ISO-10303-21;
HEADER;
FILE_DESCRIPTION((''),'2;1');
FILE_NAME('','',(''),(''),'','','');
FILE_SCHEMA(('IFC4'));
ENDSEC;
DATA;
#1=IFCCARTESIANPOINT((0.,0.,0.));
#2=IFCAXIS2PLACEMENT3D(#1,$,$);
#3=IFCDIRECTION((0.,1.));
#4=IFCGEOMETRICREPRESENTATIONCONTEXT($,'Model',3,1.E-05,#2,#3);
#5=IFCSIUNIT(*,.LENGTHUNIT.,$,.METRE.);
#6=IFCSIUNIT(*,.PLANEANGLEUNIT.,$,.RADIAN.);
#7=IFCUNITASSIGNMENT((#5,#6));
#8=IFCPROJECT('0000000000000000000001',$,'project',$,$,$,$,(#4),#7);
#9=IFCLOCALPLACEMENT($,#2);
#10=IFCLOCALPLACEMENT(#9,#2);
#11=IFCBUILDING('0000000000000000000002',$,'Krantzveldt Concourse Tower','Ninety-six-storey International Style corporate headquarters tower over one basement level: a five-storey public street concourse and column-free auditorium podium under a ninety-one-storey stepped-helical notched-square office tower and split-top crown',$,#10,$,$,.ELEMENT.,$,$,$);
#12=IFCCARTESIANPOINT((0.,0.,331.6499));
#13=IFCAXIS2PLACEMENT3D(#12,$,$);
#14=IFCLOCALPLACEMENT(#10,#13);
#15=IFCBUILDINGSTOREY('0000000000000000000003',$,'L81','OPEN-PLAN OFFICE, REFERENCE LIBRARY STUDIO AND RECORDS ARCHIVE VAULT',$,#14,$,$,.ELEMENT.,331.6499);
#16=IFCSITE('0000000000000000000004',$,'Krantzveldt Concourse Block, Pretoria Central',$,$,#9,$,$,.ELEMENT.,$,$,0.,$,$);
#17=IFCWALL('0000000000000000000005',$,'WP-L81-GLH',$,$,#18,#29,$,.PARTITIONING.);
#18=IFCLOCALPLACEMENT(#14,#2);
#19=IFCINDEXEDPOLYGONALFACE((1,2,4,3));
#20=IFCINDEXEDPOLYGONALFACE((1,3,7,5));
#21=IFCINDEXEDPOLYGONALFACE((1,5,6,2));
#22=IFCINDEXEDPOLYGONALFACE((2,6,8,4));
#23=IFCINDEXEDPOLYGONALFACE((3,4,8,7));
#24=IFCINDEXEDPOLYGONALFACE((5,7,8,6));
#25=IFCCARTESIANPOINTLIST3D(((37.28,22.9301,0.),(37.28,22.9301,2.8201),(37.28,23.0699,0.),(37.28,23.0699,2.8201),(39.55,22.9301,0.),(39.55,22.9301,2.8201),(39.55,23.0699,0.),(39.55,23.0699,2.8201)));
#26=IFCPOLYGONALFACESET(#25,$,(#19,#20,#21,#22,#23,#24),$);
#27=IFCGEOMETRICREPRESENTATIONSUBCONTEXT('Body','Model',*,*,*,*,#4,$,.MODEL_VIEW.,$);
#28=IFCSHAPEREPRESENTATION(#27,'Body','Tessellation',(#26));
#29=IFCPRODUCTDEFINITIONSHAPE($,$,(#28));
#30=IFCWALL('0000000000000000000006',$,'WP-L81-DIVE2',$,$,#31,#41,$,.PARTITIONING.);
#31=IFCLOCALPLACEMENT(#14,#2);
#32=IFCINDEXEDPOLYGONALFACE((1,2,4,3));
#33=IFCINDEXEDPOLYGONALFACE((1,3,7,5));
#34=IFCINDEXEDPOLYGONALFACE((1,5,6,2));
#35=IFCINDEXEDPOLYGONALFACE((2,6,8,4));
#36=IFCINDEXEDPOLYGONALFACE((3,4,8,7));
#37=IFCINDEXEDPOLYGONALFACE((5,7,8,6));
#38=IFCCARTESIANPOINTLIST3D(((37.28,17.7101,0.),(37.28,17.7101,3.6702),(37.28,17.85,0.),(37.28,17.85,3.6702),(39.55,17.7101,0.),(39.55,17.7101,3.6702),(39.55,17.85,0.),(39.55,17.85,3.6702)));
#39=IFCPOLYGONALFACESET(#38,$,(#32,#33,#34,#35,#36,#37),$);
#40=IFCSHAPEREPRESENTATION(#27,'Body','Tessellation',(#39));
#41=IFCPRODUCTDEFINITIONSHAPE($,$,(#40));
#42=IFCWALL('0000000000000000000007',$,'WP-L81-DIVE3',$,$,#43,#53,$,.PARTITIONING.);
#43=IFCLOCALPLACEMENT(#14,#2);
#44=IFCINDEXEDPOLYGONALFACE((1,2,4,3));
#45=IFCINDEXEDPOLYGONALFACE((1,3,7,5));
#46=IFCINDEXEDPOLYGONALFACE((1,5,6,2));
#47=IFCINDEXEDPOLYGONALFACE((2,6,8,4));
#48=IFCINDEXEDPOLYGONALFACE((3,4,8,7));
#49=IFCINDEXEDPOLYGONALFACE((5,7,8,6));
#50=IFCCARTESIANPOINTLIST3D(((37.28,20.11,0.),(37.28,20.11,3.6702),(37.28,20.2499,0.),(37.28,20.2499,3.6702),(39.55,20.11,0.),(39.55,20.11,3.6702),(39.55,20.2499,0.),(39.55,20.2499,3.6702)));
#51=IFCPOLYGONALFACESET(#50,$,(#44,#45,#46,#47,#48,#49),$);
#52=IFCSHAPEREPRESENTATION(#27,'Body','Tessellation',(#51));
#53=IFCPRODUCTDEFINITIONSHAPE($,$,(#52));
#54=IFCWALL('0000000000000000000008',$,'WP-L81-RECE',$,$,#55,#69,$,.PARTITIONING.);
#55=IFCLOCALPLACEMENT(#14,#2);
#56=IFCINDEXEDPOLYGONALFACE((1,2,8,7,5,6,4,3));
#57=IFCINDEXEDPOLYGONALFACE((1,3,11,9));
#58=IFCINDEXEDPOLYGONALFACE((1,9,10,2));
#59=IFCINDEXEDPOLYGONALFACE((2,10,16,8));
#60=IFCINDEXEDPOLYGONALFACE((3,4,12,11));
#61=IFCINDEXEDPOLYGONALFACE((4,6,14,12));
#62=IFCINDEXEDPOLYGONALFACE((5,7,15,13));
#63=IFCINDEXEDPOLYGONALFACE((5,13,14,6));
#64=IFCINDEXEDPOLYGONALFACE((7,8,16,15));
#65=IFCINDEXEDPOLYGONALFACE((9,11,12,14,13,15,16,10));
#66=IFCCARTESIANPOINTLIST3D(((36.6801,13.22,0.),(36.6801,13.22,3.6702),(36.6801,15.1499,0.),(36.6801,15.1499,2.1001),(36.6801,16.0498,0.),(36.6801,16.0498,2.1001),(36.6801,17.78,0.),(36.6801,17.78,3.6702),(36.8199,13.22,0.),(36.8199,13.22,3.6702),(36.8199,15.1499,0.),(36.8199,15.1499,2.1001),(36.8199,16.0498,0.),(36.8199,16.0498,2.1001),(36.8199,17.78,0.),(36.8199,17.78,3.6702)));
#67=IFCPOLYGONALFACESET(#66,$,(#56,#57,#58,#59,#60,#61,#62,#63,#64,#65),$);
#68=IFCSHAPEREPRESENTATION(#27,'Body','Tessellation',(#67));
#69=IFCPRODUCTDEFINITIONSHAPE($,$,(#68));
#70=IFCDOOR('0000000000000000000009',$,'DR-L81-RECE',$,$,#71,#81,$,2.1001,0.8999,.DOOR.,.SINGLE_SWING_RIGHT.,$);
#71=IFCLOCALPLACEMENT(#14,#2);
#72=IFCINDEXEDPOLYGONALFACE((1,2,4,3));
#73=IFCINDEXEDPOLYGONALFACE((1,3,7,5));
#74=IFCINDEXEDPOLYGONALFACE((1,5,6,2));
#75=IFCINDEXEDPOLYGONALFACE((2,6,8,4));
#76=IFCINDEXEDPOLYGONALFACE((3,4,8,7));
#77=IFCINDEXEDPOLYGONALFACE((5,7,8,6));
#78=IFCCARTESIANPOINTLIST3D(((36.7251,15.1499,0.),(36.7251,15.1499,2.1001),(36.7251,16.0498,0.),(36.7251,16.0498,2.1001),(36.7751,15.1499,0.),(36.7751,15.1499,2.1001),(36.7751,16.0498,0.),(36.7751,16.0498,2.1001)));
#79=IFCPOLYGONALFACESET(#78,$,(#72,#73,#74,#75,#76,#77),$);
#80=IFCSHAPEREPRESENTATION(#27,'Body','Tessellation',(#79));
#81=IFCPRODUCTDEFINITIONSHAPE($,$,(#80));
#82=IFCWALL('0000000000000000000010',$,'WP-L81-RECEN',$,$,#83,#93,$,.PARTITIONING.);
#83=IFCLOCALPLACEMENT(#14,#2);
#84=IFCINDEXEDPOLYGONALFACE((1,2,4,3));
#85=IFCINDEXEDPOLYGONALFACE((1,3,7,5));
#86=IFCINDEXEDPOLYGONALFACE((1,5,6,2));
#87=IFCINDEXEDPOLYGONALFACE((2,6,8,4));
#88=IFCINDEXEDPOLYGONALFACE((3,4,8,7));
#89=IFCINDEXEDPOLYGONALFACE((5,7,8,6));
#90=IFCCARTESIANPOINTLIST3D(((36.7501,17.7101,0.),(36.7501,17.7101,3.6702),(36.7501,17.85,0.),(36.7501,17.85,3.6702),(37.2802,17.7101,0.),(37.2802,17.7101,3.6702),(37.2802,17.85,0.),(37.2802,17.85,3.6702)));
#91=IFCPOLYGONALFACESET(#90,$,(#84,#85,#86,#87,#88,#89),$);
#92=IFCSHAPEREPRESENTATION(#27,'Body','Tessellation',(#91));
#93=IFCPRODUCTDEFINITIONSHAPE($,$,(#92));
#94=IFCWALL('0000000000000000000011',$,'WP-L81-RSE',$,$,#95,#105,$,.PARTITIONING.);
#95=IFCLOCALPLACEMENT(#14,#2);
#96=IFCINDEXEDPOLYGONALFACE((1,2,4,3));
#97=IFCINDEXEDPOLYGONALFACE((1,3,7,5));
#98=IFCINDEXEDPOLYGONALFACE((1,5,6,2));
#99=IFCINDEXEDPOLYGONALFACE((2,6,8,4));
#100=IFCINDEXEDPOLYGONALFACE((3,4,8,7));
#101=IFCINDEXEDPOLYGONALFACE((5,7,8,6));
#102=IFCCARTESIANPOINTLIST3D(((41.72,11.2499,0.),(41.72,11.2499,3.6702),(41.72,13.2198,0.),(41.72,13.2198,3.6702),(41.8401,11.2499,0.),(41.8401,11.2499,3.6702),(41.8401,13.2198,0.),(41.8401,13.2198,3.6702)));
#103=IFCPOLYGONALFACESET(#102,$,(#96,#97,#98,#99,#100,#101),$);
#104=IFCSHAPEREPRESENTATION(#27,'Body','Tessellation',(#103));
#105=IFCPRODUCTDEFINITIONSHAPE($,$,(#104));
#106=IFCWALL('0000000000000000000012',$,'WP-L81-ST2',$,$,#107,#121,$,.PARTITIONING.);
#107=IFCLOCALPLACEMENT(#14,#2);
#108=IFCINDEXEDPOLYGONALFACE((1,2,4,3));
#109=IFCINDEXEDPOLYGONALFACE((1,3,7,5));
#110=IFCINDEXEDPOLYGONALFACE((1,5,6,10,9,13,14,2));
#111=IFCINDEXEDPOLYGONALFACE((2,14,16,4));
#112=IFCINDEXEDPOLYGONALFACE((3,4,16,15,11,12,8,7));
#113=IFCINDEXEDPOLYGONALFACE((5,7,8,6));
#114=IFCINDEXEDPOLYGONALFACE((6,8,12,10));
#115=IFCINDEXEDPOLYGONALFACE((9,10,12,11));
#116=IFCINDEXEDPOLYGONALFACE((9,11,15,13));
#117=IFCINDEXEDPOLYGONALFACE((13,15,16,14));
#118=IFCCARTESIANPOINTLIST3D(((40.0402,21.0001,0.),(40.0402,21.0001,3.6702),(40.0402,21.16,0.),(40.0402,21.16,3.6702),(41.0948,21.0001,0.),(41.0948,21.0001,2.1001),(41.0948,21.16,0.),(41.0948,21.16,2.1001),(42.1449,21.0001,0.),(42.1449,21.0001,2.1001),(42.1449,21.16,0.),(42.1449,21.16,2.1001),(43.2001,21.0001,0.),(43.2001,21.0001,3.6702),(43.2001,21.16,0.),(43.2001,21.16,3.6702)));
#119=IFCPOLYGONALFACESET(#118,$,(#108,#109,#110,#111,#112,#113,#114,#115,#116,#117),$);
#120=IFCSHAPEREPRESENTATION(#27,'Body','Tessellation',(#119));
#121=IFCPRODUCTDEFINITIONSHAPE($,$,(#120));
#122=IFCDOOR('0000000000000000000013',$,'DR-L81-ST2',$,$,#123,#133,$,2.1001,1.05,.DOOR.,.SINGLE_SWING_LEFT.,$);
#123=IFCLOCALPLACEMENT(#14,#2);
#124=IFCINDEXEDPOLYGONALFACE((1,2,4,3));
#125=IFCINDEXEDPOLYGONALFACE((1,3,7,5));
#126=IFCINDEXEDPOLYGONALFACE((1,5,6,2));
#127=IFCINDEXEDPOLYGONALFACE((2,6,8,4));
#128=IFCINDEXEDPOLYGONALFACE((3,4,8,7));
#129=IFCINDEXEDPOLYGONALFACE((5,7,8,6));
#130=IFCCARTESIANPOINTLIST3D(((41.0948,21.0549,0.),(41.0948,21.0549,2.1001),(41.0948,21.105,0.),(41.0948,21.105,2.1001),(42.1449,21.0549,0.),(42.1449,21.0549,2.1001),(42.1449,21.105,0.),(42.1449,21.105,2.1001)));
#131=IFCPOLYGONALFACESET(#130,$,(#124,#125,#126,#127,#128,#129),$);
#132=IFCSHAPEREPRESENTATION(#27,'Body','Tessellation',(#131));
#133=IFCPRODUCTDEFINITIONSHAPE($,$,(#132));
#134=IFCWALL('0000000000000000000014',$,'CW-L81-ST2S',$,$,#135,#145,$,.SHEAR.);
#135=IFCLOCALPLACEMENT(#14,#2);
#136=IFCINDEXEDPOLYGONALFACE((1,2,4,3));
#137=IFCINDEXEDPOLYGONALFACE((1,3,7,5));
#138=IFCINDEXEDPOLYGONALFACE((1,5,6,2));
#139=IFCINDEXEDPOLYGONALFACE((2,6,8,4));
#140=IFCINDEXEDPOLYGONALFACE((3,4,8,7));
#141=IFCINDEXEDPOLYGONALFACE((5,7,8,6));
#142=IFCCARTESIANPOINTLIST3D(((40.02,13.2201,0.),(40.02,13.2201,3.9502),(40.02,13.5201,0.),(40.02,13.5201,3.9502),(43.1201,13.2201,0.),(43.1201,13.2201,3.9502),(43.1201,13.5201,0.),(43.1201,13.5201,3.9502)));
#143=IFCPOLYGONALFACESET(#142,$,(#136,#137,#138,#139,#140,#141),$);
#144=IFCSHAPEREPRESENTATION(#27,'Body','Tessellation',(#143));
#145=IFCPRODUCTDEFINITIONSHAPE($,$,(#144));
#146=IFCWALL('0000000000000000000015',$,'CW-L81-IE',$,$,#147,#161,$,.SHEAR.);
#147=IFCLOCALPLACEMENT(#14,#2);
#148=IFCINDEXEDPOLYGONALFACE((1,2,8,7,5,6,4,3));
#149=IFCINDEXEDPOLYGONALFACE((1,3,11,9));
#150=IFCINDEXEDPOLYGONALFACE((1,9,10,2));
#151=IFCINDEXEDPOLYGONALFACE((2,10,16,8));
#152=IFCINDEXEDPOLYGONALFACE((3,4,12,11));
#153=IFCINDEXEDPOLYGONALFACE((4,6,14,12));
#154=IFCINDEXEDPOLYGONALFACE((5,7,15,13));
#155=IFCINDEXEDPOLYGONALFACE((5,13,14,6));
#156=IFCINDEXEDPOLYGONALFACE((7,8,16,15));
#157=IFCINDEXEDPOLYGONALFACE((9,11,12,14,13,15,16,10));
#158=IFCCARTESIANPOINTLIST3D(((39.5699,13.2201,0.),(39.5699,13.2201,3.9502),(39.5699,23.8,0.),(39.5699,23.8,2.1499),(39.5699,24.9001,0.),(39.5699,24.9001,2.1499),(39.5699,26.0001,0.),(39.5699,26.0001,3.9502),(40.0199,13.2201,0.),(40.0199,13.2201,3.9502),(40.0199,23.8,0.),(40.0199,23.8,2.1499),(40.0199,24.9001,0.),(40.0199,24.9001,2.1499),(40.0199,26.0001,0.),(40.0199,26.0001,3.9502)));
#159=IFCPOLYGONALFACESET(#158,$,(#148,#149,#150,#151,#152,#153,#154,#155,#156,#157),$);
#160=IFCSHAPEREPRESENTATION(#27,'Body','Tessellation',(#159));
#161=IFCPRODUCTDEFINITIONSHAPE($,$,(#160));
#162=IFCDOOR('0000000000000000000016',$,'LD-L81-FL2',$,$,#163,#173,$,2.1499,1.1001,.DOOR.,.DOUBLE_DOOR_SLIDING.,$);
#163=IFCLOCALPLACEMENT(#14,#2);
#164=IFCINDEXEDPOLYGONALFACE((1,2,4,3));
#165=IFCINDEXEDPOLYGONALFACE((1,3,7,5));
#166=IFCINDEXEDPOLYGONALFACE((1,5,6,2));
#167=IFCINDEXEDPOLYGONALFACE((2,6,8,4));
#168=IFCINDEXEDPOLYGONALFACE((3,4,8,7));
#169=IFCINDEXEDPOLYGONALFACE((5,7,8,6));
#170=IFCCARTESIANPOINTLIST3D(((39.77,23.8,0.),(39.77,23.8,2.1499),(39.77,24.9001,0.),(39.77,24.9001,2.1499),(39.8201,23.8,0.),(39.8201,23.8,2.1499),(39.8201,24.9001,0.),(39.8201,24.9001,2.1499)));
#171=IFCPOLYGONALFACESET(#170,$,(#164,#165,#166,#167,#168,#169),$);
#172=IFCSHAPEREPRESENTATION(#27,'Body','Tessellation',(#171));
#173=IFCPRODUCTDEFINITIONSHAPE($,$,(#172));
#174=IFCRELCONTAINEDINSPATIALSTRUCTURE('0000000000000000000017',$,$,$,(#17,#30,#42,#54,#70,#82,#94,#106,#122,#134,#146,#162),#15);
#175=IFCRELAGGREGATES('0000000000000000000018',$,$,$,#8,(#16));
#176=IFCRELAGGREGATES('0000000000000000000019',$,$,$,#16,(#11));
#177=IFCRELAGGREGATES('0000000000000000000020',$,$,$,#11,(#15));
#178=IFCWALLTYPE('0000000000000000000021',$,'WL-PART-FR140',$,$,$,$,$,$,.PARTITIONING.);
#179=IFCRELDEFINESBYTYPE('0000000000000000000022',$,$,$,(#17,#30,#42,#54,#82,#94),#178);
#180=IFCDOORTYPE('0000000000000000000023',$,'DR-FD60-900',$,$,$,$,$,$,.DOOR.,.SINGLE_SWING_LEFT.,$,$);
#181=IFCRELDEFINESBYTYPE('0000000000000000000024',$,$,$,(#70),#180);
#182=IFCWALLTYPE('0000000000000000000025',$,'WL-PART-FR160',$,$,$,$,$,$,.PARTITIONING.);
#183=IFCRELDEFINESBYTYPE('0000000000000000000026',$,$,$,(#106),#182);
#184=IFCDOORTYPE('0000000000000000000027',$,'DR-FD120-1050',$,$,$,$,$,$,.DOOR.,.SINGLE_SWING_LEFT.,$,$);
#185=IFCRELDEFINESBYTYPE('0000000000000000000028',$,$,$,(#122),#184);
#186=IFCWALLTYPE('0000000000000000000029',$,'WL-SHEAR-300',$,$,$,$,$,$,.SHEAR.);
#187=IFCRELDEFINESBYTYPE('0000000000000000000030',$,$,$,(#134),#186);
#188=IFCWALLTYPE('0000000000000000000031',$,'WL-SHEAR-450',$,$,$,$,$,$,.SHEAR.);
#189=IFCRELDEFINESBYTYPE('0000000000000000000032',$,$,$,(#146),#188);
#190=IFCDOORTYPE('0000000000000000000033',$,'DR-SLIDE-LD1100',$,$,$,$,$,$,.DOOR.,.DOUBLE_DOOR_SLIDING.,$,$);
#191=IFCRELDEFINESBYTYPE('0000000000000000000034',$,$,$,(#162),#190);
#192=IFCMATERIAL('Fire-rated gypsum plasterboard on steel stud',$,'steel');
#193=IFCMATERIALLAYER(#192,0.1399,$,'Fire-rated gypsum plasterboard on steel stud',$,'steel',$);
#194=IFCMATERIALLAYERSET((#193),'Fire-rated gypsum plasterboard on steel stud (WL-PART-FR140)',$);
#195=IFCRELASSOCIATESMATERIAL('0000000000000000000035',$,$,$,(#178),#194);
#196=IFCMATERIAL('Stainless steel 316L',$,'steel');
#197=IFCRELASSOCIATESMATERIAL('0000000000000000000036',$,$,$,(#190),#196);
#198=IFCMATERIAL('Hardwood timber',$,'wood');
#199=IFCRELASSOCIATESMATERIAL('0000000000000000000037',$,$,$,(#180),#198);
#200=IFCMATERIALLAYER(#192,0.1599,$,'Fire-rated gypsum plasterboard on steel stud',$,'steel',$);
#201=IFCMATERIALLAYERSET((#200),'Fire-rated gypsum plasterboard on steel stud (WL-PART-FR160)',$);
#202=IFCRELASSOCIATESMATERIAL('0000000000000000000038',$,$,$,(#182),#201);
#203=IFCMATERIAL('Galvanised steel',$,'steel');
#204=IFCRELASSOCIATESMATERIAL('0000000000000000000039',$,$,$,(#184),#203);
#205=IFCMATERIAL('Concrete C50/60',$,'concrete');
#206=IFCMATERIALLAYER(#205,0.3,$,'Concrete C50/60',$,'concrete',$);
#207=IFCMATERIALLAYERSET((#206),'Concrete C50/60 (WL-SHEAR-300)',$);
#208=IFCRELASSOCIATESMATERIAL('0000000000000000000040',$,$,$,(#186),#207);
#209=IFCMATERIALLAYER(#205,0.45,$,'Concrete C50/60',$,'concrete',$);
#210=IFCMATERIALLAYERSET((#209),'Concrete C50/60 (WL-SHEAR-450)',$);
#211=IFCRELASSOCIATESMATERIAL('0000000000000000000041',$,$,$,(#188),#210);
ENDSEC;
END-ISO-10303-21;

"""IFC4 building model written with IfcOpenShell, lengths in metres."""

from ifc_helpers import new_model, si_unit, direction, frame, frame_2d, origin, place, context, subcontext, project, spatial, rectangle, extrude, material, layer, layer_set, type_object, element, fill, save


model = new_model("IFC4")

# Units and contexts
model_context = context("Model", 3, precision=1e-05, world=origin(), true_north=direction((0.0, 1.0)))
body_context = subcontext(model_context, "Body", "Model", "MODEL_VIEW")
ifc_project = project(units=[si_unit("LENGTHUNIT", "METRE"), si_unit("PLANEANGLEUNIT", "RADIAN")], contexts=[model_context])

# Site, building, storey
site_placement = place(None, origin())
site = spatial("IfcSite", under=ifc_project, at=site_placement, Name="Krantzveldt Concourse Block, Pretoria Central", CompositionType="ELEMENT", RefElevation=0.0)
building_placement = place(site_placement, origin())
building = spatial("IfcBuilding", under=site, at=building_placement, Name="Krantzveldt Concourse Tower", Description="Ninety-six-storey International Style corporate headquarters tower over one basement level: a five-storey public street concourse and column-free auditorium podium under a ninety-one-storey stepped-helical notched-square office tower and split-top crown", CompositionType="ELEMENT")
storey_placement = place(building_placement, frame((0.0, 0.0, 331.6499)))
storey = spatial("IfcBuildingStorey", under=building, at=storey_placement, Name="L81", Description="OPEN-PLAN OFFICE, REFERENCE LIBRARY STUDIO AND RECORDS ARCHIVE VAULT", CompositionType="ELEMENT", Elevation=331.6499)

# Shared definitions
ifc_material_1 = material(Name="Fire-rated gypsum plasterboard on steel stud", Category="steel")
ifc_material_2 = material(Name="Hardwood timber", Category="wood")

# Shared definitions
ifc_layer_1 = layer(ifc_material_1, 0.1399, Name="Fire-rated gypsum plasterboard on steel stud", Category="steel")
ifc_layer_set_1 = layer_set([ifc_layer_1], Name="Fire-rated gypsum plasterboard on steel stud (WL-PART-FR140)")
wall_type_1 = type_object("IfcWallType", Name="WL-PART-FR140", PredefinedType="PARTITIONING", material=ifc_layer_set_1)
ifc_material_3 = material(Name="Stainless steel 316L", Category="steel")
door_type_1 = type_object("IfcDoorType", Name="DR-SLIDE-LD1100", OperationType="DOUBLE_DOOR_SLIDING", PredefinedType="DOOR", material=ifc_material_3)

# Wall
wall_1_placement = place(storey_placement, frame((37.28, 23.0, 0.0), z_axis=(0.0, 0.0, 1.0), x_axis=(1.0, 0.0, 0.0)))
element("IfcWall", 1, at=wall_1_placement, inside=storey, type_object=wall_type_1, Name="WP-L81-GLH", PredefinedType="PARTITIONING", context=body_context, shape_type="SweptSolid", body=[
    extrude(rectangle(XDim=2.27, YDim=0.1399, at=frame_2d((1.135, 0.0))), origin(), (0.0, 0.0, 1.0), 2.8201),
])

# Walls
for number, where, z_axis, x_axis, name in (
    (2, (37.28, 17.78, 0.0), (0.0, 0.0, 1.0), (1.0, 0.0, 0.0), "WP-L81-DIVE2"),
    (3, (37.28, 20.1799, 0.0), (0.0, 0.0, 1.0), (1.0, 0.0, 0.0), "WP-L81-DIVE3"),
):
    element("IfcWall", number, at=place(storey_placement, frame(where, z_axis=z_axis, x_axis=x_axis)), inside=storey, type_object=wall_type_1, Name=name, PredefinedType="PARTITIONING", context=body_context, shape_type="SweptSolid", body=[
        extrude(rectangle(XDim=2.27, YDim=0.1399, at=frame_2d((1.135, 0.0))), origin(), (0.0, 0.0, 1.0), 3.6702),
    ])

# Wall, opening, door
wall_2_placement = place(storey_placement, frame((36.75, 13.22, 0.0), z_axis=(0.0, 0.0, 1.0), x_axis=(0.0, 1.0, 0.0)))
wall_2 = element("IfcWall", 4, at=wall_2_placement, inside=storey, type_object=wall_type_1, Name="WP-L81-RECE", PredefinedType="PARTITIONING", context=body_context, shape_type="SweptSolid", body=[
    extrude(rectangle(XDim=4.5601, YDim=0.1399, at=frame_2d((2.28, 0.0))), origin(), (0.0, 0.0, 1.0), 3.6702),
])
opening_1_placement = place(wall_2_placement, frame((1.9299, 0.0, 0.0)))
opening_1 = element("IfcOpeningElement", 5, at=opening_1_placement, cuts=wall_2, PredefinedType="OPENING", context=body_context, shape_type="SweptSolid", body=[
    extrude(rectangle(XDim=0.8999, YDim=2.1001, at=frame_2d((0.45, 1.05))), frame((0.0, 0.0801, 0.0), z_axis=(0.0, -1.0, 0.0), x_axis=(1.0, 0.0, 0.0)), (0.0, 0.0, 1.0), 0.1599),
])
door_type_2 = type_object("IfcDoorType", Name="DR-FD60-900", OperationType="SINGLE_SWING_LEFT", PredefinedType="DOOR", material=ifc_material_2)
door_1_placement = place(opening_1_placement, origin())
door_1 = element("IfcDoor", 6, at=door_1_placement, inside=storey, type_object=door_type_2, Name="DR-L81-RECE", OperationType="SINGLE_SWING_RIGHT", OverallHeight=2.1001, OverallWidth=0.8999, PredefinedType="DOOR", context=body_context, shape_type="SweptSolid", body=[
    extrude(rectangle(XDim=0.8999, YDim=2.1001, at=frame_2d((0.45, 1.05))), frame((0.0, 0.0249, 0.0), z_axis=(0.0, -1.0, 0.0), x_axis=(1.0, 0.0, 0.0)), (0.0, 0.0, 1.0), 0.05),
])
fill(opening_1, door_1)

# Walls
wall_3_placement = place(storey_placement, frame((36.75, 17.78, 0.0), z_axis=(0.0, 0.0, 1.0), x_axis=(1.0, 0.0, 0.0)))
element("IfcWall", 7, at=wall_3_placement, inside=storey, type_object=wall_type_1, Name="WP-L81-RECEN", PredefinedType="PARTITIONING", context=body_context, shape_type="SweptSolid", body=[
    extrude(rectangle(XDim=0.53, YDim=0.1399, at=frame_2d((0.2651, 0.0))), origin(), (0.0, 0.0, 1.0), 3.6702),
])
wall_4_placement = place(storey_placement, frame((41.78, 11.25, 0.0), z_axis=(0.0, 0.0, 1.0), x_axis=(0.0, 1.0, 0.0)))
element("IfcWall", 8, at=wall_4_placement, inside=storey, type_object=wall_type_1, Name="WP-L81-RSE", PredefinedType="PARTITIONING", context=body_context, shape_type="SweptSolid", body=[
    extrude(rectangle(XDim=1.97, YDim=0.1201, at=frame_2d((0.9849, 0.0))), origin(), (0.0, 0.0, 1.0), 3.6702),
])

# Wall, opening, door
ifc_layer_2 = layer(ifc_material_1, 0.1599, Name="Fire-rated gypsum plasterboard on steel stud", Category="steel")
ifc_layer_set_2 = layer_set([ifc_layer_2], Name="Fire-rated gypsum plasterboard on steel stud (WL-PART-FR160)")
wall_type_2 = type_object("IfcWallType", Name="WL-PART-FR160", PredefinedType="PARTITIONING", material=ifc_layer_set_2)
wall_5_placement = place(storey_placement, frame((40.04, 21.0801, 0.0), z_axis=(0.0, 0.0, 1.0), x_axis=(1.0, 0.0, 0.0)))
wall_5 = element("IfcWall", 9, at=wall_5_placement, inside=storey, type_object=wall_type_2, Name="WP-L81-ST2", PredefinedType="PARTITIONING", context=body_context, shape_type="SweptSolid", body=[
    extrude(rectangle(XDim=3.1599, YDim=0.1599, at=frame_2d((1.5801, 0.0))), origin(), (0.0, 0.0, 1.0), 3.6702),
])
opening_2_placement = place(wall_5_placement, frame((1.0549, 0.0, 0.0)))
opening_2 = element("IfcOpeningElement", 10, at=opening_2_placement, cuts=wall_5, PredefinedType="OPENING", context=body_context, shape_type="SweptSolid", body=[
    extrude(rectangle(XDim=1.05, YDim=2.1001, at=frame_2d((0.5249, 1.05))), frame((0.0, 0.0898, 0.0), z_axis=(0.0, -1.0, 0.0), x_axis=(1.0, 0.0, 0.0)), (0.0, 0.0, 1.0), 0.1799),
])
ifc_material_4 = material(Name="Galvanised steel", Category="steel")
door_type_3 = type_object("IfcDoorType", Name="DR-FD120-1050", OperationType="SINGLE_SWING_LEFT", PredefinedType="DOOR", material=ifc_material_4)
door_2_placement = place(opening_2_placement, origin())
door_2 = element("IfcDoor", 11, at=door_2_placement, inside=storey, type_object=door_type_3, Name="DR-L81-ST2", OperationType="SINGLE_SWING_LEFT", OverallHeight=2.1001, OverallWidth=1.05, PredefinedType="DOOR", context=body_context, shape_type="SweptSolid", body=[
    extrude(rectangle(XDim=1.05, YDim=2.1001, at=frame_2d((0.5249, 1.05))), frame((0.0, 0.0249, 0.0), z_axis=(0.0, -1.0, 0.0), x_axis=(1.0, 0.0, 0.0)), (0.0, 0.0, 1.0), 0.05),
])
fill(opening_2, door_2)

# Wall
ifc_material_5 = material(Name="Concrete C50/60", Category="concrete")
ifc_layer_3 = layer(ifc_material_5, 0.3, Name="Concrete C50/60", Category="concrete")
ifc_layer_set_3 = layer_set([ifc_layer_3], Name="Concrete C50/60 (WL-SHEAR-300)")
wall_type_3 = type_object("IfcWallType", Name="WL-SHEAR-300", PredefinedType="SHEAR", material=ifc_layer_set_3)
wall_6_placement = place(storey_placement, frame((40.02, 13.3701, 0.0), z_axis=(0.0, 0.0, 1.0), x_axis=(1.0, 0.0, 0.0)))
element("IfcWall", 12, at=wall_6_placement, inside=storey, type_object=wall_type_3, Name="CW-L81-ST2S", PredefinedType="SHEAR", context=body_context, shape_type="SweptSolid", body=[
    extrude(rectangle(XDim=3.1001, YDim=0.3, at=frame_2d((1.55, 0.0))), origin(), (0.0, 0.0, 1.0), 3.9502),
])

# Wall, opening, door
ifc_layer_4 = layer(ifc_material_5, 0.45, Name="Concrete C50/60", Category="concrete")
ifc_layer_set_4 = layer_set([ifc_layer_4], Name="Concrete C50/60 (WL-SHEAR-450)")
wall_type_4 = type_object("IfcWallType", Name="WL-SHEAR-450", PredefinedType="SHEAR", material=ifc_layer_set_4)
wall_7_placement = place(storey_placement, frame((39.7949, 13.22, 0.0), z_axis=(0.0, 0.0, 1.0), x_axis=(0.0, 1.0, 0.0)))
wall_7 = element("IfcWall", 13, at=wall_7_placement, inside=storey, type_object=wall_type_4, Name="CW-L81-IE", PredefinedType="SHEAR", context=body_context, shape_type="SweptSolid", body=[
    extrude(rectangle(XDim=12.78, YDim=0.45, at=frame_2d((6.3901, 0.0))), origin(), (0.0, 0.0, 1.0), 3.9502),
])
opening_3_placement = place(wall_7_placement, frame((10.5801, 0.0, 0.0)))
opening_3 = element("IfcOpeningElement", 14, at=opening_3_placement, cuts=wall_7, PredefinedType="OPENING", context=body_context, shape_type="SweptSolid", body=[
    extrude(rectangle(XDim=1.1001, YDim=2.1499, at=frame_2d((0.55, 1.075))), frame((0.0, 0.2349, 0.0), z_axis=(0.0, -1.0, 0.0), x_axis=(1.0, 0.0, 0.0)), (0.0, 0.0, 1.0), 0.47),
])
door_3_placement = place(opening_3_placement, origin())
door_3 = element("IfcDoor", 15, at=door_3_placement, inside=storey, type_object=door_type_1, Name="LD-L81-FL2", OperationType="DOUBLE_DOOR_SLIDING", OverallHeight=2.1499, OverallWidth=1.1001, PredefinedType="DOOR", context=body_context, shape_type="SweptSolid", body=[
    extrude(rectangle(XDim=1.1001, YDim=2.1499, at=frame_2d((0.55, 1.075))), frame((0.0, 0.0249, 0.0), z_axis=(0.0, -1.0, 0.0), x_axis=(1.0, 0.0, 0.0)), (0.0, 0.0, 1.0), 0.05),
])
fill(opening_3, door_3)

save(model, "model.ifc")
